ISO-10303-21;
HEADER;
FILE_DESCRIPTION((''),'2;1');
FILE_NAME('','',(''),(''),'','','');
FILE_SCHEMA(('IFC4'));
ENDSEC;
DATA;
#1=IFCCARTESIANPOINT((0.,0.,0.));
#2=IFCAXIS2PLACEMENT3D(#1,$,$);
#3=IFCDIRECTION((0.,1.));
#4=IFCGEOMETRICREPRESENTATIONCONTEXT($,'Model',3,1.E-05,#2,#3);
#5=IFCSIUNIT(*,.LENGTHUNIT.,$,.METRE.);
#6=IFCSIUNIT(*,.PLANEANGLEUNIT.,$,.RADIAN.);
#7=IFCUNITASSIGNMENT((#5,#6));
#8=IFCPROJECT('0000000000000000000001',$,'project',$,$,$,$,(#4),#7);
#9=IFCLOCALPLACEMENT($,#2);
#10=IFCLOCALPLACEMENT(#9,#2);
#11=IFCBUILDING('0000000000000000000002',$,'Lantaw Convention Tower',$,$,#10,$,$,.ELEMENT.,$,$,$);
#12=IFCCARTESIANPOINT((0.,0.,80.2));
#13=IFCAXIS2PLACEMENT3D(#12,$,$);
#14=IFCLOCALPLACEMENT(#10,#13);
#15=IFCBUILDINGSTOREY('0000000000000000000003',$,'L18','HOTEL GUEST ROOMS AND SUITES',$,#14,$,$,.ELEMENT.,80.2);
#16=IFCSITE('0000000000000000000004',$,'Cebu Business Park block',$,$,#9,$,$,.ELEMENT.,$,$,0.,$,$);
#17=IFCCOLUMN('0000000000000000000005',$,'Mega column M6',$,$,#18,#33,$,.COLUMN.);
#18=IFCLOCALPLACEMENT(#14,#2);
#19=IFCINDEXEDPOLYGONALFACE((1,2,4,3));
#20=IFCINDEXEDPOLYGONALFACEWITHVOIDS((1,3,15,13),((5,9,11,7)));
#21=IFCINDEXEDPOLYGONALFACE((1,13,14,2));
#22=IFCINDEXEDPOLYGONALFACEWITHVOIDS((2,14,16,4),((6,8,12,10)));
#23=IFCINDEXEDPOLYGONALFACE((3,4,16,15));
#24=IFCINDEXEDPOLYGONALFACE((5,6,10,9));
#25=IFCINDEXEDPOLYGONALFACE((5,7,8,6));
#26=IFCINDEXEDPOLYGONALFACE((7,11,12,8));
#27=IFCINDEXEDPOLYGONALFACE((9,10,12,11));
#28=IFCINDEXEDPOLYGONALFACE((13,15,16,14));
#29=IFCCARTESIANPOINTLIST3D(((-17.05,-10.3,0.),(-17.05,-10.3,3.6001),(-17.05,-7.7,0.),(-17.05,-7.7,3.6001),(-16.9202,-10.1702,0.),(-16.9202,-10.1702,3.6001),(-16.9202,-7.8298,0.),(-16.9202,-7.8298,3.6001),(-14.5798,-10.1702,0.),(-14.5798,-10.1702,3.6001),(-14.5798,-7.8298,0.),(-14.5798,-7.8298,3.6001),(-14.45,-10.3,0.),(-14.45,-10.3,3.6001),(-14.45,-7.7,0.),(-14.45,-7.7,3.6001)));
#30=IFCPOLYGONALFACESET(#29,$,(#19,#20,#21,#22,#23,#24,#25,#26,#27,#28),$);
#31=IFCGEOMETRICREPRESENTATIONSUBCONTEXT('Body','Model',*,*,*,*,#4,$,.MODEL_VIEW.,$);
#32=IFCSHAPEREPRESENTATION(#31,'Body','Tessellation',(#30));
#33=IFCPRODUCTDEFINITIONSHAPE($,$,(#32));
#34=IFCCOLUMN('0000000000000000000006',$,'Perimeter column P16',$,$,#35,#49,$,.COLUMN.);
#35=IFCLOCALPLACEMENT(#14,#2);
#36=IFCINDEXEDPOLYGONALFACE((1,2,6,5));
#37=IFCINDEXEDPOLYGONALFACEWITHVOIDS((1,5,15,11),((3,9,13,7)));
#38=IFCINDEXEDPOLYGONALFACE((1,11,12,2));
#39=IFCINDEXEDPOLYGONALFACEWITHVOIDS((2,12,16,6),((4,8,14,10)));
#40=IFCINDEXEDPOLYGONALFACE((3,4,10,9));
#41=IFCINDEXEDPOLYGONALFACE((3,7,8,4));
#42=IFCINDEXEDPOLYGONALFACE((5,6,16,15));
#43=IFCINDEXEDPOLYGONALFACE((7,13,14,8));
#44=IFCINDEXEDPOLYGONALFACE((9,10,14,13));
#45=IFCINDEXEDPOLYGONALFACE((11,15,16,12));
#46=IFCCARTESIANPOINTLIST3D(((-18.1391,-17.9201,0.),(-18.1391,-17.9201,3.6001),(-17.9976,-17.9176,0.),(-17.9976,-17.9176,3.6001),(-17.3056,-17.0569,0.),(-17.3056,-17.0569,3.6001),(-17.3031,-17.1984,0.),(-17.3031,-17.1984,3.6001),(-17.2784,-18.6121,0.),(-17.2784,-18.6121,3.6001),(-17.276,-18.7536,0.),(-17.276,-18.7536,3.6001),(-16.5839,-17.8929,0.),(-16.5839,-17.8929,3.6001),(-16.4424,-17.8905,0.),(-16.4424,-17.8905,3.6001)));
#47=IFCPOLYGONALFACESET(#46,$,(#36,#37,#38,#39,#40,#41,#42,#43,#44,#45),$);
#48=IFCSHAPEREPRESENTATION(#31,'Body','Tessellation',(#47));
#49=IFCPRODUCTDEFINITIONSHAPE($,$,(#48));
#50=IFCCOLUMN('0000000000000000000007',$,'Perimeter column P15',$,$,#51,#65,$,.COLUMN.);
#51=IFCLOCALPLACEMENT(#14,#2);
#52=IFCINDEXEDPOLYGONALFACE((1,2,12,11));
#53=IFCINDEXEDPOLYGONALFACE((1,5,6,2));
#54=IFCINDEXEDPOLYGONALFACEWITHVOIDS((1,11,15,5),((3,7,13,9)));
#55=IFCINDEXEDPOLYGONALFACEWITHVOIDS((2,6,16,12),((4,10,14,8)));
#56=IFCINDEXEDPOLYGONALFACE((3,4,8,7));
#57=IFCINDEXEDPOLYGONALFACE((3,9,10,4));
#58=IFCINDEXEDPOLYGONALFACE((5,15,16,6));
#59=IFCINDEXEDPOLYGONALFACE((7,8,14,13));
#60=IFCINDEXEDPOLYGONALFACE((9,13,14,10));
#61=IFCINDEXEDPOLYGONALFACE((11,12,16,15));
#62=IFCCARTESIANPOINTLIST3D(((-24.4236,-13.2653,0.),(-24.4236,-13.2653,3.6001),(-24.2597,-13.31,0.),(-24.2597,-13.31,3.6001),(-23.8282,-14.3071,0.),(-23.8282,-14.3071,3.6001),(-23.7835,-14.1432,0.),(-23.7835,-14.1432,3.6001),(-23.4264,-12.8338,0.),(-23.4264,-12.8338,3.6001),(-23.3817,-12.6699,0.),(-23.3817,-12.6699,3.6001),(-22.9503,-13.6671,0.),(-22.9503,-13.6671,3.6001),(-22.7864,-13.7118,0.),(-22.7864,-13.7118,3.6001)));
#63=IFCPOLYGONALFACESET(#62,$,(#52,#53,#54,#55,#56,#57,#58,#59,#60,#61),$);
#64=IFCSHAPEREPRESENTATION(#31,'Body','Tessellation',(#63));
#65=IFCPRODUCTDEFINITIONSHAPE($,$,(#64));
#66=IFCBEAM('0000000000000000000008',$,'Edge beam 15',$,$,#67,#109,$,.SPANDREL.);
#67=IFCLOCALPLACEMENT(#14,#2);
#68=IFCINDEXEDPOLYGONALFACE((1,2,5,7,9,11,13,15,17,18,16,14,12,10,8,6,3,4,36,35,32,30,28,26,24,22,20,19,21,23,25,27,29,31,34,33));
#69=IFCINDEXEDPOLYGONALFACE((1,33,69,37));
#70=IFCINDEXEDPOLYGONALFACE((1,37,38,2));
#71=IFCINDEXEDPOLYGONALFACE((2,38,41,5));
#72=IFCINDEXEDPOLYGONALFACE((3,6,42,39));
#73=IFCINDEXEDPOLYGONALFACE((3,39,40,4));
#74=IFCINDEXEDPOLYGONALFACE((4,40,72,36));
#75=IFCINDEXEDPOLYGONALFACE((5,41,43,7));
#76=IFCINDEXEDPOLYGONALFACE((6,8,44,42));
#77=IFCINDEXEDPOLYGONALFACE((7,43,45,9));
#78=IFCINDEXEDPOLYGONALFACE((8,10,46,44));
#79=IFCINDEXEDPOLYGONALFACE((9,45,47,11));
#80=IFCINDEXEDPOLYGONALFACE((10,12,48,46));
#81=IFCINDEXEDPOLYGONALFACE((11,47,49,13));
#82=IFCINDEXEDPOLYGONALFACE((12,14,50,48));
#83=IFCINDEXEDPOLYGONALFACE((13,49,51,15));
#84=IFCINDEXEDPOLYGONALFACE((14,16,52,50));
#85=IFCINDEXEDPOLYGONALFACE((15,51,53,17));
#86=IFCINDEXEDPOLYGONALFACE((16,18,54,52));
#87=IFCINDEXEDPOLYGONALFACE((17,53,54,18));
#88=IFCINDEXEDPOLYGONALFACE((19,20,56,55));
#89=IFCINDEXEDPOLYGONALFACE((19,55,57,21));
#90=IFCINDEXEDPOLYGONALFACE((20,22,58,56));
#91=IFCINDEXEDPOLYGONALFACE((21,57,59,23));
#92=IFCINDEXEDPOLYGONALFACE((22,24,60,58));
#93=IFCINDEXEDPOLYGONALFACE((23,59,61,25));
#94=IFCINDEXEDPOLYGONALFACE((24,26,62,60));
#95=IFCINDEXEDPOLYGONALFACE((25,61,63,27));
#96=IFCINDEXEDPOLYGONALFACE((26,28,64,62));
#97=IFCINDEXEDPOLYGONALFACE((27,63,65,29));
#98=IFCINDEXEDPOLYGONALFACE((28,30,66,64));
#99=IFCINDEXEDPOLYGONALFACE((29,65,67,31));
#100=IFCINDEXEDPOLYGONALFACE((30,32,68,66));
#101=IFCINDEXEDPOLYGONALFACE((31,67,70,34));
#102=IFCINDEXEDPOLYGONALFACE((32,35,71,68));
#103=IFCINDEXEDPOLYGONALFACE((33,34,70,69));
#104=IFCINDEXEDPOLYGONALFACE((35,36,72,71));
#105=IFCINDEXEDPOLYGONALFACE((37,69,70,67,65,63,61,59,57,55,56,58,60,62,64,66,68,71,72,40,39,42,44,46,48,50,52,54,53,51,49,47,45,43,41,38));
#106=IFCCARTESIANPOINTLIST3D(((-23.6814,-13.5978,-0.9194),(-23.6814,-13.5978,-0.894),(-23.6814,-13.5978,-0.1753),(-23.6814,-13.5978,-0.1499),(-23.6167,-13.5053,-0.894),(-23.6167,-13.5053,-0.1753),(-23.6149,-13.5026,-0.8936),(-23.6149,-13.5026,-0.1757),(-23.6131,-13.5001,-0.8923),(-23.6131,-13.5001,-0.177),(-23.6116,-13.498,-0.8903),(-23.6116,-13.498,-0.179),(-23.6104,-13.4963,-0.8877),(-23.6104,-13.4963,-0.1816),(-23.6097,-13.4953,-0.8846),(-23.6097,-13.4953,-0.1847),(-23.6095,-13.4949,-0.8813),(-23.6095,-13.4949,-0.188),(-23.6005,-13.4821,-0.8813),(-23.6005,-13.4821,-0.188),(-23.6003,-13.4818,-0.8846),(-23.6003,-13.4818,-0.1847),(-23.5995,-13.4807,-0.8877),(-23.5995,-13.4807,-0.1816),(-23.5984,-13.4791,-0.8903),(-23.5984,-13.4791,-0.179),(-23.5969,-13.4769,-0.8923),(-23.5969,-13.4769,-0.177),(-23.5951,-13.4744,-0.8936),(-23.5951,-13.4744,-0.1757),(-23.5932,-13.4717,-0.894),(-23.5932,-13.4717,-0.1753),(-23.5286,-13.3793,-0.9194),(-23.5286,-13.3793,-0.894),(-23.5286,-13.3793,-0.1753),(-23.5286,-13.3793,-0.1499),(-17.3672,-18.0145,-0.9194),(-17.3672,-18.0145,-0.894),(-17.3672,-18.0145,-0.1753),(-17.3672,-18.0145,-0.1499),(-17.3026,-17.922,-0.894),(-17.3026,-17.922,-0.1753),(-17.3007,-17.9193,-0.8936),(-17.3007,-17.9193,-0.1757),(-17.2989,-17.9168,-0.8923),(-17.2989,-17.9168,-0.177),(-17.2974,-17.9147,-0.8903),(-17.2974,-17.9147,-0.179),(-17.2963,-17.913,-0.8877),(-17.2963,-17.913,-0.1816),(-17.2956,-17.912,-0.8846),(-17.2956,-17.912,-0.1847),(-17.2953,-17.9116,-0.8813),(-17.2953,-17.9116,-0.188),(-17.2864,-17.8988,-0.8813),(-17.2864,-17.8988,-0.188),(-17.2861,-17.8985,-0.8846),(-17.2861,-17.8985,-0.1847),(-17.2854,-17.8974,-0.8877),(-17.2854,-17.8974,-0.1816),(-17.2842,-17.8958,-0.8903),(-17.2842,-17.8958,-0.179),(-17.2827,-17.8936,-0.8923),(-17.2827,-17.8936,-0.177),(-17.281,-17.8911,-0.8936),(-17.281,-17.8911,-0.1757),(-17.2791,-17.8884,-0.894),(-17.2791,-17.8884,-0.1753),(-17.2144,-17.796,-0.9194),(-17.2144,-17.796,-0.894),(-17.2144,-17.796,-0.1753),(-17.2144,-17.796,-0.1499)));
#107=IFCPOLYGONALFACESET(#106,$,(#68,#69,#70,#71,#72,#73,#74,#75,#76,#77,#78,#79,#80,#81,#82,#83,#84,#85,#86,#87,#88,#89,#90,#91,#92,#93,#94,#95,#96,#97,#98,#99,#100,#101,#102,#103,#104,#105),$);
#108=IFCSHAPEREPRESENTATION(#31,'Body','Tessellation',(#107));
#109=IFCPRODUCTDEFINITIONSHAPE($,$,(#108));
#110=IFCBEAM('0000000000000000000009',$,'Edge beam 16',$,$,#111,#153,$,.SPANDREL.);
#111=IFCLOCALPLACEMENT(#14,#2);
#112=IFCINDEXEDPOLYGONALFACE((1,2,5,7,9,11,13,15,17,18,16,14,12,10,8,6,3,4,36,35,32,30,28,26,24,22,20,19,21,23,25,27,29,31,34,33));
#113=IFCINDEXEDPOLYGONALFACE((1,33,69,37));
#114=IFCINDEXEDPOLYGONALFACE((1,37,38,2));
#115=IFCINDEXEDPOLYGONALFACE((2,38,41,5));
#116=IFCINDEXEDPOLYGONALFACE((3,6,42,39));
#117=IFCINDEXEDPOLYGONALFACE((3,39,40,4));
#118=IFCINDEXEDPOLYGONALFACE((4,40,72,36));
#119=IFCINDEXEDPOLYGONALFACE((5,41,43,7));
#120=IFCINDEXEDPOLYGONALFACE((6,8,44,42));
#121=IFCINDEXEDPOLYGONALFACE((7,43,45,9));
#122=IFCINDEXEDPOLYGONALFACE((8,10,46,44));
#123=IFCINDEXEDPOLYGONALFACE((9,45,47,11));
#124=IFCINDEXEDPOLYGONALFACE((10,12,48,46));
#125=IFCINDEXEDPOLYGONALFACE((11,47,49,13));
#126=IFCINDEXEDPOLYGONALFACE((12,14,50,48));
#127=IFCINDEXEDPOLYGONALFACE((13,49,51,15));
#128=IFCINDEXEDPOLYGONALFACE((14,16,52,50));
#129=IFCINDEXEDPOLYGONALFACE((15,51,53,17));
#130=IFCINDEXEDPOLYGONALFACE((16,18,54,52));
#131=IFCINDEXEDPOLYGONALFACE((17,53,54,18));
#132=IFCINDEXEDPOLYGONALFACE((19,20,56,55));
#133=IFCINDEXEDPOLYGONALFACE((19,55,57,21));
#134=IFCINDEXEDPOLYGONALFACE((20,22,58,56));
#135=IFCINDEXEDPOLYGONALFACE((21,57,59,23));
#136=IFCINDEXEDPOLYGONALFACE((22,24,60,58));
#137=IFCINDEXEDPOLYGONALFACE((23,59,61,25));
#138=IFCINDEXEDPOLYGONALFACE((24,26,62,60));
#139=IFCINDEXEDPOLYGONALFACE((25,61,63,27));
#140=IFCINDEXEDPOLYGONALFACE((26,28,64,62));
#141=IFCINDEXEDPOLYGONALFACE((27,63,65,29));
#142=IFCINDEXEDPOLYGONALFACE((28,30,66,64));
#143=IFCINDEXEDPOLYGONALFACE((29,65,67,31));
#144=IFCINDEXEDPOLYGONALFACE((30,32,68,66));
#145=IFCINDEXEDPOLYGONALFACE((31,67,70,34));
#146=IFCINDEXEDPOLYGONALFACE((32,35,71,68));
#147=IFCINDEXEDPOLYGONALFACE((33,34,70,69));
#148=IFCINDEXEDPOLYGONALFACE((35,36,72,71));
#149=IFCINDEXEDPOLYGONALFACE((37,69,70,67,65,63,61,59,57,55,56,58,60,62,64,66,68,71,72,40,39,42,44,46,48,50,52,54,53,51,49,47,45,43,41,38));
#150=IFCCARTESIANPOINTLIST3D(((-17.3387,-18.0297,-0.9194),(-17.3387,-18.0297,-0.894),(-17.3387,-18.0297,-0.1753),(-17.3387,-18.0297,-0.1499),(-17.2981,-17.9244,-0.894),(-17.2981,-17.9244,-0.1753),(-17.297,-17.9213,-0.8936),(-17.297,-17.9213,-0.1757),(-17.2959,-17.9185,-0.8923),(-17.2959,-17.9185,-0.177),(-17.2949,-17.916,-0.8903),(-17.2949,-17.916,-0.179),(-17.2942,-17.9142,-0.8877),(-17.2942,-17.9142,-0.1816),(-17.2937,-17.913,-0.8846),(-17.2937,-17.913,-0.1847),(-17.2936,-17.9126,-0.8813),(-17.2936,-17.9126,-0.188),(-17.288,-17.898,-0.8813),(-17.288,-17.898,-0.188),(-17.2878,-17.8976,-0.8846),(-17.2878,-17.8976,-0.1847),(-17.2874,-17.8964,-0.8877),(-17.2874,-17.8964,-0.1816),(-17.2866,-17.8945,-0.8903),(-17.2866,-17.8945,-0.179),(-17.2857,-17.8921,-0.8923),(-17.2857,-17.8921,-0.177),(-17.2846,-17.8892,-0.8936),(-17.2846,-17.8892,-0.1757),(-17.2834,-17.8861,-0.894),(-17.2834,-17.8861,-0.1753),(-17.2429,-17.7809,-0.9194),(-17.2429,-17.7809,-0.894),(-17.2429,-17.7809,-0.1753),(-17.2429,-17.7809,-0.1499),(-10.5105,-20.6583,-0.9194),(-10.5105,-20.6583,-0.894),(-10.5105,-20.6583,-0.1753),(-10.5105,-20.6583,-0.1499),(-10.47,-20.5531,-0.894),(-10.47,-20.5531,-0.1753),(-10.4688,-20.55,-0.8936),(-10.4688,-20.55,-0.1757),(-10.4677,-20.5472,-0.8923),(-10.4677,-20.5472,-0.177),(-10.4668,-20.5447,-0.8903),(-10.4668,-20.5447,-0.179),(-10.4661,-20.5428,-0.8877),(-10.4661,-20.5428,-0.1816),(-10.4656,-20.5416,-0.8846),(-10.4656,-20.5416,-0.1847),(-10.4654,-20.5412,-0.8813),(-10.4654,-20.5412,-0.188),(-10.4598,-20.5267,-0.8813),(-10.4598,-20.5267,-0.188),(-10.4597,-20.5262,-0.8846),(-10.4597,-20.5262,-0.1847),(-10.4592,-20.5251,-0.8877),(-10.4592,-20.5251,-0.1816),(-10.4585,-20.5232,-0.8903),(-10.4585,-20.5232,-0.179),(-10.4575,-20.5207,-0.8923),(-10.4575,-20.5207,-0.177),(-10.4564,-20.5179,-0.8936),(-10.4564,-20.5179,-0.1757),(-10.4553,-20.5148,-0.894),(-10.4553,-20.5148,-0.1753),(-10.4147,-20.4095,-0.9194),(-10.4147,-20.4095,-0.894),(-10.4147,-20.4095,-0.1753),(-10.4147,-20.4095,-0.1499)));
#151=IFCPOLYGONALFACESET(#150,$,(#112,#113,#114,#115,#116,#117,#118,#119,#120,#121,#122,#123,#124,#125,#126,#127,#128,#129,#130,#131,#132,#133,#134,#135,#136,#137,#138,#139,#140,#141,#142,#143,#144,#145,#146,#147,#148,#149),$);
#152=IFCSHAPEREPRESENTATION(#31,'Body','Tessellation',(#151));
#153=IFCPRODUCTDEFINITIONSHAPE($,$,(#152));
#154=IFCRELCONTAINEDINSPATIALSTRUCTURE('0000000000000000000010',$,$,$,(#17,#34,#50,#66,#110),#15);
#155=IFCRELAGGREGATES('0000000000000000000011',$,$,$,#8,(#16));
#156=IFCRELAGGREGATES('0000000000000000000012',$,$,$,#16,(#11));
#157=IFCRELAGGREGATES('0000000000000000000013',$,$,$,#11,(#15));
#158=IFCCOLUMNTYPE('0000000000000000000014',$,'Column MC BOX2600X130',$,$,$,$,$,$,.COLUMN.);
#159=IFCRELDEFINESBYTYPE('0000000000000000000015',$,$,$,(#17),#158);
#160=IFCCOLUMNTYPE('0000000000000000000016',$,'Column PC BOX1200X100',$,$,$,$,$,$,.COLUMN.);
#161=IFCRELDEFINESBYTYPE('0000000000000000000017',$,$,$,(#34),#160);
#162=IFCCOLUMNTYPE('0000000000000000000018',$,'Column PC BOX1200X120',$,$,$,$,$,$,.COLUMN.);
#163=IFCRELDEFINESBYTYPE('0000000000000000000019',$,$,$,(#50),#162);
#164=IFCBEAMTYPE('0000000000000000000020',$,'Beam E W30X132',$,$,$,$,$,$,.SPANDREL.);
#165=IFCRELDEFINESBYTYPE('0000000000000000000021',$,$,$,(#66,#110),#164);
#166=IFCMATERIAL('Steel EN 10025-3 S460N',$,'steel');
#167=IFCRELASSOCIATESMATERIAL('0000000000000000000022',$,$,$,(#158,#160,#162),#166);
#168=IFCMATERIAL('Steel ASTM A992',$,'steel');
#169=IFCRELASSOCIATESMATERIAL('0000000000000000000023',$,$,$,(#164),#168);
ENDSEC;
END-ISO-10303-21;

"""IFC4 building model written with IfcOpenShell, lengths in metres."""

from ifc_helpers import new_model, si_unit, direction, frame, origin, origin_2d, place, context, subcontext, project, spatial, rectangle, hollow_rectangle, i_section, extrude, material, material_profile, profile_set, type_object, element, save


model = new_model("IFC4")

# Units and contexts
model_context = context("Model", 3, precision=1e-05, world=origin(), true_north=direction((0.0, 1.0)))
body_context = subcontext(model_context, "Body", "Model", "MODEL_VIEW")
ifc_project = project(units=[si_unit("LENGTHUNIT", "METRE"), si_unit("PLANEANGLEUNIT", "RADIAN")], contexts=[model_context])

# Site, building, storey
site_placement = place(None, origin())
site = spatial("IfcSite", under=ifc_project, at=site_placement, Name="Cebu Business Park block", CompositionType="ELEMENT", RefElevation=0.0)
building_placement = place(site_placement, origin())
building = spatial("IfcBuilding", under=site, at=building_placement, Name="Lantaw Convention Tower", CompositionType="ELEMENT")
storey_placement = place(building_placement, frame((0.0, 0.0, 80.2)))
storey = spatial("IfcBuildingStorey", under=building, at=storey_placement, Name="L18", Description="HOTEL GUEST ROOMS AND SUITES", CompositionType="ELEMENT", Elevation=80.2)

# Columns
ifc_material_1 = material(Name="Steel EN 10025-3 S460N", Category="steel")
ifc_material_profile_1 = material_profile(ifc_material_1, hollow_rectangle(XDim=2.6001, YDim=2.6001, WallThickness=0.1299, at=origin_2d()), Name="BOX2600X130")
ifc_material_2 = material(Name="Concrete C60/75", Category="concrete")
ifc_material_profile_2 = material_profile(ifc_material_2, rectangle(XDim=2.3401, YDim=2.3401, at=origin_2d()), Name="Concrete fill of BOX2600X130")
ifc_profile_set_1 = profile_set([ifc_material_profile_1, ifc_material_profile_2], Name="Steel EN 10025-3 S460N")
column_type_1 = type_object("IfcColumnType", Name="Column MC BOX2600X130", PredefinedType="COLUMN", material=ifc_profile_set_1)
column_1_placement = place(storey_placement, frame((-15.75, -9.0, 0.0), z_axis=(0.0, 0.0, 1.0), x_axis=(1.0, 0.0, 0.0)))
element("IfcColumn", 1, at=column_1_placement, inside=storey, type_object=column_type_1, Name="Mega column M6", PredefinedType="COLUMN", context=body_context, shape_type="SweptSolid", body=[
    extrude(hollow_rectangle(XDim=2.6001, YDim=2.6001, WallThickness=0.1299, at=origin_2d()), origin(), (0.0, 0.0, 1.0), 3.6001),
])
ifc_material_profile_3 = material_profile(ifc_material_1, hollow_rectangle(XDim=1.2, YDim=1.2, WallThickness=0.1001, at=origin_2d()), Name="BOX1200X100")
ifc_material_profile_4 = material_profile(ifc_material_2, rectangle(XDim=1.0, YDim=1.0, at=origin_2d()), Name="Concrete fill of BOX1200X100")
ifc_profile_set_2 = profile_set([ifc_material_profile_3, ifc_material_profile_4], Name="Steel EN 10025-3 S460N")
column_type_2 = type_object("IfcColumnType", Name="Column PC BOX1200X100", PredefinedType="COLUMN", material=ifc_profile_set_2)
column_2_placement = place(storey_placement, frame((-17.2908, -17.9053, 0.0), z_axis=(0.0, 0.0, 1.0), x_axis=(0.694658, 0.71934, 0.0)))
element("IfcColumn", 2, at=column_2_placement, inside=storey, type_object=column_type_2, Name="Perimeter column P16", PredefinedType="COLUMN", context=body_context, shape_type="SweptSolid", body=[
    extrude(hollow_rectangle(XDim=1.2, YDim=1.2, WallThickness=0.1001, at=origin_2d()), origin(), (0.0, 0.0, 1.0), 3.6001),
])
ifc_material_profile_5 = material_profile(ifc_material_1, hollow_rectangle(XDim=1.2, YDim=1.2, WallThickness=0.1201, at=origin_2d()), Name="BOX1200X120")
ifc_material_profile_6 = material_profile(ifc_material_2, rectangle(XDim=0.96, YDim=0.96, at=origin_2d()), Name="Concrete fill of BOX1200X120")
ifc_profile_set_3 = profile_set([ifc_material_profile_5, ifc_material_profile_6], Name="Steel EN 10025-3 S460N")
column_type_3 = type_object("IfcColumnType", Name="Column PC BOX1200X120", PredefinedType="COLUMN", material=ifc_profile_set_3)
column_3_placement = place(storey_placement, frame((-23.605, -13.4885, 0.0), z_axis=(0.0, 0.0, 1.0), x_axis=(0.868243, 0.496139, 0.0)))
element("IfcColumn", 3, at=column_3_placement, inside=storey, type_object=column_type_3, Name="Perimeter column P15", PredefinedType="COLUMN", context=body_context, shape_type="SweptSolid", body=[
    extrude(hollow_rectangle(XDim=1.2, YDim=1.2, WallThickness=0.1201, at=origin_2d()), origin(), (0.0, 0.0, 1.0), 3.6001),
])

# Beams
ifc_material_3 = material(Name="Steel ASTM A992", Category="steel")
ifc_material_profile_7 = material_profile(ifc_material_3, i_section(OverallWidth=0.2666, OverallDepth=0.7695, WebThickness=0.0156, FlangeThickness=0.0254, FilletRadius=0.0127, at=origin_2d()), Name="W30X132")
ifc_profile_set_4 = profile_set([ifc_material_profile_7], Name="Steel ASTM A992")
beam_type_1 = type_object("IfcBeamType", Name="Beam E W30X132", PredefinedType="SPANDREL", material=ifc_profile_set_4)
beam_1_placement = place(storey_placement, frame((-23.605, -13.4885, -0.5347), z_axis=(0.819427, -0.573184, 0.0), x_axis=(0.573184, 0.819427, 0.0)))
element("IfcBeam", 4, at=beam_1_placement, inside=storey, type_object=beam_type_1, Name="Edge beam 15", PredefinedType="SPANDREL", context=body_context, shape_type="SweptSolid", body=[
    extrude(i_section(OverallWidth=0.2666, OverallDepth=0.7695, WebThickness=0.0156, FlangeThickness=0.0254, FilletRadius=0.0127, at=origin_2d()), origin(), (0.0, 0.0, 1.0), 7.7056),
])
beam_2_placement = place(storey_placement, frame((-17.2908, -17.9053, -0.5347), z_axis=(0.933233, -0.359272, 0.0), x_axis=(0.359272, 0.933233, 0.0)))
element("IfcBeam", 5, at=beam_2_placement, inside=storey, type_object=beam_type_1, Name="Edge beam 16", PredefinedType="SPANDREL", context=body_context, shape_type="SweptSolid", body=[
    extrude(i_section(OverallWidth=0.2666, OverallDepth=0.7695, WebThickness=0.0156, FlangeThickness=0.0254, FilletRadius=0.0127, at=origin_2d()), origin(), (0.0, 0.0, 1.0), 7.3167),
])

save(model, "model.ifc")
